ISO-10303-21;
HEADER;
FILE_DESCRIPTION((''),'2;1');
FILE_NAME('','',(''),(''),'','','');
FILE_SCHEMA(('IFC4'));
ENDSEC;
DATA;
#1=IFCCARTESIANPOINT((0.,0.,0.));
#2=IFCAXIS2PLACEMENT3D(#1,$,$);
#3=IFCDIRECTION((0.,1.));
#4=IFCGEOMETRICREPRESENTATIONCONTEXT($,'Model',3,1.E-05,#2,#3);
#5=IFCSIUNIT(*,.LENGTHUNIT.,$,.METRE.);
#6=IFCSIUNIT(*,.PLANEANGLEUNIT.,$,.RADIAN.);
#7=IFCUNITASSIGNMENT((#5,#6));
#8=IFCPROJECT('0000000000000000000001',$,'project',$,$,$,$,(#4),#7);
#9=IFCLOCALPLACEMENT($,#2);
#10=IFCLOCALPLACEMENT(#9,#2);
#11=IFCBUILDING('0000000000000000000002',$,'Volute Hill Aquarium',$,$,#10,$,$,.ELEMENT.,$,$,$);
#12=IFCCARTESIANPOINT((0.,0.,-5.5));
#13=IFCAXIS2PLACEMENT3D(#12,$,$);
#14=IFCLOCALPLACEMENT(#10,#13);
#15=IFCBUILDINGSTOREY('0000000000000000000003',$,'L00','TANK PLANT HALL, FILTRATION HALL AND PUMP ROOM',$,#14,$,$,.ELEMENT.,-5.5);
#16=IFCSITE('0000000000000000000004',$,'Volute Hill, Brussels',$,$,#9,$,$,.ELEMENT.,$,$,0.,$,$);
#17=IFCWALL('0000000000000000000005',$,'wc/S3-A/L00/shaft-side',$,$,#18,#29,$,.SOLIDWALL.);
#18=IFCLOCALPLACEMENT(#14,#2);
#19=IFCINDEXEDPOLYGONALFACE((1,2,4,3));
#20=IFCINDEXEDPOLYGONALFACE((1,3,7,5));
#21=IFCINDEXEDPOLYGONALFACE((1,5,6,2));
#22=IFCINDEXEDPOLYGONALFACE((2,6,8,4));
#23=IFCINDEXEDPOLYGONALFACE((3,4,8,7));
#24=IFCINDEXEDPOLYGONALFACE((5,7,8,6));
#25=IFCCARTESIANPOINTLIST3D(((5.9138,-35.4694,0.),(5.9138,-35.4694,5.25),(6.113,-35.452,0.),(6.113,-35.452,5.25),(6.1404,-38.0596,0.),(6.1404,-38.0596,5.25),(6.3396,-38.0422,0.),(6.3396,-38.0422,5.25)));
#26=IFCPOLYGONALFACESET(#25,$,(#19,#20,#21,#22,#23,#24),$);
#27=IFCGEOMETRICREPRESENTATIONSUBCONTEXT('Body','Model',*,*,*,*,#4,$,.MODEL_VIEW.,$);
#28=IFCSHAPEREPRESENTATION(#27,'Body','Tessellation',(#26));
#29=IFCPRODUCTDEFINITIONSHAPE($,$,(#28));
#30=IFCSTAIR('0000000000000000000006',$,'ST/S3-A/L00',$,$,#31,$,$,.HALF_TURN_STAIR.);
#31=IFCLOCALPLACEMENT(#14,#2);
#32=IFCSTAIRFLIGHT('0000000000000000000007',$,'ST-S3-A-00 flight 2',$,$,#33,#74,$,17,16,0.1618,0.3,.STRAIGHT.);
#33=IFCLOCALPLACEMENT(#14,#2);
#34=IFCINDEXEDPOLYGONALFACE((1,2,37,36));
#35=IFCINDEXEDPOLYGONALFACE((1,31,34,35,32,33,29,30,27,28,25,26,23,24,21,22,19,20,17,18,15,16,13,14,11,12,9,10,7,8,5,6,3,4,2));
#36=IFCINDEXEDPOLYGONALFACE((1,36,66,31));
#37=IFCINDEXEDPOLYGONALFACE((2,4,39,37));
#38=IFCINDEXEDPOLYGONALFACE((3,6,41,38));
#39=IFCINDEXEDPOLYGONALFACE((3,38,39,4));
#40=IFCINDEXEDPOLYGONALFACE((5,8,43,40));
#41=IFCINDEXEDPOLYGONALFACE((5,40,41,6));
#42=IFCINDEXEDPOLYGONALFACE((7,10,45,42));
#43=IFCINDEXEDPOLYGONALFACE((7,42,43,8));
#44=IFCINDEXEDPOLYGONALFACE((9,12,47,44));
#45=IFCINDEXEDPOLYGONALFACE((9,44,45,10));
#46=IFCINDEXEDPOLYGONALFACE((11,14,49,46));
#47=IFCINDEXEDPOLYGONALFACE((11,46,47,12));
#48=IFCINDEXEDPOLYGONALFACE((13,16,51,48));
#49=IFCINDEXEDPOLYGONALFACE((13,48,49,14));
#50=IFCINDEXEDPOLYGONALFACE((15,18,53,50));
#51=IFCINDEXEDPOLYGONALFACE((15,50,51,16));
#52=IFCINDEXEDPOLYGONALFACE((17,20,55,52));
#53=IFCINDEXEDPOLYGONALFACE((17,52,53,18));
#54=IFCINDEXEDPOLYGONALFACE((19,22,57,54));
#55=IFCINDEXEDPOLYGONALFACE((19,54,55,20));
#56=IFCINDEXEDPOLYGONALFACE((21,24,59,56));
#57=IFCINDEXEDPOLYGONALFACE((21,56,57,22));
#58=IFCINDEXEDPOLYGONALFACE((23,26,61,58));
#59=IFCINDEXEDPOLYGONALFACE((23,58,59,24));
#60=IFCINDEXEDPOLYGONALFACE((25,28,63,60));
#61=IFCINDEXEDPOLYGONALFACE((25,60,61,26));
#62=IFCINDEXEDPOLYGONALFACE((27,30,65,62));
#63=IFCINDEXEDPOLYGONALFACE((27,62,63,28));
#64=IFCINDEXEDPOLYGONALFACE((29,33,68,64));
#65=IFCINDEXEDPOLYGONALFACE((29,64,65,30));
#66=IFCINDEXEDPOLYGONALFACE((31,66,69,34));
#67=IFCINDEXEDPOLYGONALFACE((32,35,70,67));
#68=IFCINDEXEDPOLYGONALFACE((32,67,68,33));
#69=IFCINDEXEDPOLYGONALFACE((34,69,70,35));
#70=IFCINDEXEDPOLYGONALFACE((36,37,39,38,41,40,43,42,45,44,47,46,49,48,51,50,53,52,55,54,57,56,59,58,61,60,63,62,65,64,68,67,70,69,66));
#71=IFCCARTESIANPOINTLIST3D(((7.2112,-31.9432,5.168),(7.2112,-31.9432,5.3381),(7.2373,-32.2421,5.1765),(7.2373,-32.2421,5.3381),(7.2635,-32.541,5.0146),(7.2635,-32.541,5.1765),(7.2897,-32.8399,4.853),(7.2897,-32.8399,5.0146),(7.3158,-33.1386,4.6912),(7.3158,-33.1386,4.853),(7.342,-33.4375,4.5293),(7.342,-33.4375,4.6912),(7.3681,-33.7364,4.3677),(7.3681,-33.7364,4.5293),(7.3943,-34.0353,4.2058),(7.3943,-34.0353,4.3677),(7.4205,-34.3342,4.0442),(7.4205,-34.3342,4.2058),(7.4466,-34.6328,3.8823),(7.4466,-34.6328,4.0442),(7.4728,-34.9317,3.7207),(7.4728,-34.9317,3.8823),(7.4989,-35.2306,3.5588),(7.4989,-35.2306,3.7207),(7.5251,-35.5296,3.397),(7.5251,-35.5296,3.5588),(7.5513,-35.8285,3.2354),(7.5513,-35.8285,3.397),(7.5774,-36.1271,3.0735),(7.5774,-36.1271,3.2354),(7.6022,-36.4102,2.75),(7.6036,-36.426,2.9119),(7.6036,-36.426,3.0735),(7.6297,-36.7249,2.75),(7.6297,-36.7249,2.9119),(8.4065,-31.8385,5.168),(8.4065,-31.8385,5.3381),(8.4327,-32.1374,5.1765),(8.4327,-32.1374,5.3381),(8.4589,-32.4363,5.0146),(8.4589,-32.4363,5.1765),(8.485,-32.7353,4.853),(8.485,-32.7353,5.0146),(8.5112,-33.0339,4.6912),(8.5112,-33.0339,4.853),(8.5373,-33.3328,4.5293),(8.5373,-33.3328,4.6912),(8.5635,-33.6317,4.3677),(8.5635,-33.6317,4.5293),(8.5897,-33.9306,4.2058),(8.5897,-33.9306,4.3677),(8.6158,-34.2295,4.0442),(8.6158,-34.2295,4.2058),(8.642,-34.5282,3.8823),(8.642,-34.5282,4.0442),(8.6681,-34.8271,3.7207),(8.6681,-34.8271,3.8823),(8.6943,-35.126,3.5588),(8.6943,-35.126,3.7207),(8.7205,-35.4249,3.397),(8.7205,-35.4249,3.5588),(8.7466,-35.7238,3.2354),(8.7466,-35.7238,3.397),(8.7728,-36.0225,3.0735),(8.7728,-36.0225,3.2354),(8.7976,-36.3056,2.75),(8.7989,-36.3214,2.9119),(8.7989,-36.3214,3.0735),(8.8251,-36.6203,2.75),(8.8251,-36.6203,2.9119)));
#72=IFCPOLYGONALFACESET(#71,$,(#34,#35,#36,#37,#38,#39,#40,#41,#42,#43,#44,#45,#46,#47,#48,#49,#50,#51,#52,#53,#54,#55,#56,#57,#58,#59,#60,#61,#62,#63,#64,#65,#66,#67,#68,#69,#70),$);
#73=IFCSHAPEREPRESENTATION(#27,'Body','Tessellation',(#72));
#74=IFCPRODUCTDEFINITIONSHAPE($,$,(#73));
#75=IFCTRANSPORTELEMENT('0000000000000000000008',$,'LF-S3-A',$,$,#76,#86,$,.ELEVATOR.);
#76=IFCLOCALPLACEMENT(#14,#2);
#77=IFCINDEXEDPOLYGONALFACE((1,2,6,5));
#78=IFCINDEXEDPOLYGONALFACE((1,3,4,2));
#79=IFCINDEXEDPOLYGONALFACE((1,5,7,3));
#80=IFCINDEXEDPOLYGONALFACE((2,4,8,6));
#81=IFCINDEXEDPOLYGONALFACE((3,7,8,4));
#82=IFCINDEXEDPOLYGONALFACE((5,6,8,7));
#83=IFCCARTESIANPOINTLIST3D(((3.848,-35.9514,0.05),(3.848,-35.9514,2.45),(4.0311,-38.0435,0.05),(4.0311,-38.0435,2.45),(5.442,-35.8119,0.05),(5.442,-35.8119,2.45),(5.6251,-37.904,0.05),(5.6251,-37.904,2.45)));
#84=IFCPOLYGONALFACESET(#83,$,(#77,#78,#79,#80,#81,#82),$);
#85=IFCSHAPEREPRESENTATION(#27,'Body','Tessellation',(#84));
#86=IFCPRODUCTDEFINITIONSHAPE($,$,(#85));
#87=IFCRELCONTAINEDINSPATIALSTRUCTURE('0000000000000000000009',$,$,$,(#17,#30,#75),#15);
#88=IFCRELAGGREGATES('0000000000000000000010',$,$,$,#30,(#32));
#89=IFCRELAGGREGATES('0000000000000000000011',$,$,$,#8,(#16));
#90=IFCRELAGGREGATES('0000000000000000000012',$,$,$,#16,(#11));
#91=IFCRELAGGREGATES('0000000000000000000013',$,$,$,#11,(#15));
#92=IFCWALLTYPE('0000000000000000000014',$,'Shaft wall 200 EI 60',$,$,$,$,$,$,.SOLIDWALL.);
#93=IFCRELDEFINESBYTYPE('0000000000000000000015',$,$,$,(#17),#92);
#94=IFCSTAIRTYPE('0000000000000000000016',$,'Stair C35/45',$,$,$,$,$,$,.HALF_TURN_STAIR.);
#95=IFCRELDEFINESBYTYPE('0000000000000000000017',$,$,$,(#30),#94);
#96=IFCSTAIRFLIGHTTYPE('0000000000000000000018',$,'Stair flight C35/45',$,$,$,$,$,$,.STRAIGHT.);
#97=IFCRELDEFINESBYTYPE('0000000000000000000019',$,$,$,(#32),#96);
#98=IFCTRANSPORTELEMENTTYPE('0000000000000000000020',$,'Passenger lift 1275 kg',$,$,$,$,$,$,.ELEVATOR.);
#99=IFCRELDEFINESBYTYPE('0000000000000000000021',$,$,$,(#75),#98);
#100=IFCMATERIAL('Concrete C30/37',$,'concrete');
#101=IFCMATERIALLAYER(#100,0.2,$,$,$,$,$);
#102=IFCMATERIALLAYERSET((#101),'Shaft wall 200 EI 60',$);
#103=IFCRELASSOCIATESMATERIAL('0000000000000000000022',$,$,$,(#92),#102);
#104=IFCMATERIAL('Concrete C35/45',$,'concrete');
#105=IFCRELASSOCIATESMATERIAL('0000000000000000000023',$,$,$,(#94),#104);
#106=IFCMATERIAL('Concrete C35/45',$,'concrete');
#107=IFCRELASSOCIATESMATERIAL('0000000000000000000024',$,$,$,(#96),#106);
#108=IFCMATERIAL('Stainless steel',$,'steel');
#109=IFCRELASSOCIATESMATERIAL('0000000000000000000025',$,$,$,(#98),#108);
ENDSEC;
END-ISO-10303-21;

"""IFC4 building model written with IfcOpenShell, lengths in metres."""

from ifc_helpers import new_model, si_unit, direction, frame, frame_2d, origin, origin_2d, place, context, subcontext, project, spatial, polyline, rectangle, outline, extrude, material, layer, layer_set, type_object, element, aggregate, save


model = new_model("IFC4")

# Units and contexts
model_context = context("Model", 3, precision=1e-05, world=origin(), true_north=direction((0.0, 1.0)))
body_context = subcontext(model_context, "Body", "Model", "MODEL_VIEW")
ifc_project = project(units=[si_unit("LENGTHUNIT", "METRE"), si_unit("PLANEANGLEUNIT", "RADIAN")], contexts=[model_context])

# Site, building, storey
site_placement = place(None, origin())
site = spatial("IfcSite", under=ifc_project, at=site_placement, Name="Volute Hill, Brussels", CompositionType="ELEMENT", RefElevation=0.0)
building_placement = place(site_placement, origin())
building = spatial("IfcBuilding", under=site, at=building_placement, Name="Volute Hill Aquarium", CompositionType="ELEMENT")
storey_placement = place(building_placement, frame((0.0, 0.0, -5.5)))
storey = spatial("IfcBuildingStorey", under=building, at=storey_placement, Name="L00", Description="TANK PLANT HALL, FILTRATION HALL AND PUMP ROOM", CompositionType="ELEMENT", Elevation=-5.5)

# Shared definitions
ifc_material_1 = material(Name="Concrete C30/37", Category="concrete")
ifc_layer_1 = layer(ifc_material_1, 0.2)
ifc_layer_set_1 = layer_set([ifc_layer_1], Name="Shaft wall 200 EI 60")
wall_type_1 = type_object("IfcWallType", Name="Shaft wall 200 EI 60", PredefinedType="SOLIDWALL", material=ifc_layer_set_1)

# Wall
wall_1_placement = place(storey_placement, frame((6.0134, -35.4607, 0.0), z_axis=(0.0, 0.0, 1.0), x_axis=(0.08714, -0.996196, 0.0)))
element("IfcWall", 1, at=wall_1_placement, inside=storey, type_object=wall_type_1, Name="wc/S3-A/L00/shaft-side", PredefinedType="SOLIDWALL", context=body_context, shape_type="SweptSolid", body=[
    extrude(rectangle(XDim=2.6001, YDim=0.2, at=frame_2d((1.3, 0.0))), origin(), (0.0, 0.0, 1.0), 5.25),
])

# Stair, stair flight
ifc_material_2 = material(Name="Concrete C35/45", Category="concrete")
stair_type = type_object("IfcStairType", Name="Stair C35/45", PredefinedType="HALF_TURN_STAIR", material=ifc_material_2)
stair_placement = place(storey_placement, origin())
stair = element("IfcStair", 2, at=stair_placement, inside=storey, type_object=stair_type, Name="ST/S3-A/L00", PredefinedType="HALF_TURN_STAIR")
ifc_material_3 = material(Name="Concrete C35/45", Category="concrete")
stair_flight_type = type_object("IfcStairFlightType", Name="Stair flight C35/45", PredefinedType="STRAIGHT", material=ifc_material_3)
stair_flight_placement = place(storey_placement, frame((8.2275, -36.6726, 2.75), z_axis=(0.0, 0.0, 1.0), x_axis=(-0.087199, 0.996191, 0.0)))
stair_flight = element("IfcStairFlight", 3, at=stair_flight_placement, type_object=stair_flight_type, Name="ST-S3-A-00 flight 2", NumberOfRisers=17, NumberOfTreads=16, PredefinedType="STRAIGHT", RiserHeight=0.1618, TreadLength=0.3, context=body_context, shape_type="SweptSolid", body=[
    extrude(outline(polyline([(0.0, 0.0), (0.0, 0.1619), (0.3, 0.1619), (0.3, 0.3235), (0.6001, 0.3235), (0.6001, 0.4854), (0.8999, 0.4854), (0.8999, 0.647), (1.2, 0.647), (1.2, 0.8088), (1.5, 0.8088), (1.5, 0.9707), (1.8, 0.9707), (1.8, 1.1323), (2.1001, 1.1323), (2.1001, 1.2942), (2.3999, 1.2942), (2.3999, 1.4558), (2.7, 1.4558), (2.7, 1.6177), (3.0, 1.6177), (3.0, 1.7793), (3.3, 1.7793), (3.3, 1.9412), (3.6001, 1.9412), (3.6001, 2.103), (3.8999, 2.103), (3.8999, 2.2646), (4.2, 2.2646), (4.2, 2.4265), (4.5, 2.4265), (4.5, 2.5881), (4.8, 2.5881), (4.8, 2.75), (4.8, 2.418), (0.3159, 0.0), (0.0, 0.0)])), frame((0.0, 0.6001, 0.0), z_axis=(0.0, -1.0, 0.0), x_axis=(1.0, 0.0, 0.0)), (0.0, 0.0, 1.0), 1.2),
])
aggregate(stair, [stair_flight])

# Transport element
ifc_material_4 = material(Name="Stainless steel", Category="steel")
transport_element_type = type_object("IfcTransportElementType", Name="Passenger lift 1275 kg", PredefinedType="ELEVATOR", material=ifc_material_4)
transport_element_placement = place(storey_placement, frame((4.7366, -36.9277, 0.05), z_axis=(0.0, 0.0, 1.0), x_axis=(0.087199, -0.996191, 0.0)))
element("IfcTransportElement", 4, at=transport_element_placement, inside=storey, type_object=transport_element_type, Name="LF-S3-A", PredefinedType="ELEVATOR", context=body_context, shape_type="SweptSolid", body=[
    extrude(rectangle(XDim=2.1001, YDim=1.6001, at=origin_2d()), origin(), (0.0, 0.0, 1.0), 2.3999),
])

save(model, "model.ifc")
